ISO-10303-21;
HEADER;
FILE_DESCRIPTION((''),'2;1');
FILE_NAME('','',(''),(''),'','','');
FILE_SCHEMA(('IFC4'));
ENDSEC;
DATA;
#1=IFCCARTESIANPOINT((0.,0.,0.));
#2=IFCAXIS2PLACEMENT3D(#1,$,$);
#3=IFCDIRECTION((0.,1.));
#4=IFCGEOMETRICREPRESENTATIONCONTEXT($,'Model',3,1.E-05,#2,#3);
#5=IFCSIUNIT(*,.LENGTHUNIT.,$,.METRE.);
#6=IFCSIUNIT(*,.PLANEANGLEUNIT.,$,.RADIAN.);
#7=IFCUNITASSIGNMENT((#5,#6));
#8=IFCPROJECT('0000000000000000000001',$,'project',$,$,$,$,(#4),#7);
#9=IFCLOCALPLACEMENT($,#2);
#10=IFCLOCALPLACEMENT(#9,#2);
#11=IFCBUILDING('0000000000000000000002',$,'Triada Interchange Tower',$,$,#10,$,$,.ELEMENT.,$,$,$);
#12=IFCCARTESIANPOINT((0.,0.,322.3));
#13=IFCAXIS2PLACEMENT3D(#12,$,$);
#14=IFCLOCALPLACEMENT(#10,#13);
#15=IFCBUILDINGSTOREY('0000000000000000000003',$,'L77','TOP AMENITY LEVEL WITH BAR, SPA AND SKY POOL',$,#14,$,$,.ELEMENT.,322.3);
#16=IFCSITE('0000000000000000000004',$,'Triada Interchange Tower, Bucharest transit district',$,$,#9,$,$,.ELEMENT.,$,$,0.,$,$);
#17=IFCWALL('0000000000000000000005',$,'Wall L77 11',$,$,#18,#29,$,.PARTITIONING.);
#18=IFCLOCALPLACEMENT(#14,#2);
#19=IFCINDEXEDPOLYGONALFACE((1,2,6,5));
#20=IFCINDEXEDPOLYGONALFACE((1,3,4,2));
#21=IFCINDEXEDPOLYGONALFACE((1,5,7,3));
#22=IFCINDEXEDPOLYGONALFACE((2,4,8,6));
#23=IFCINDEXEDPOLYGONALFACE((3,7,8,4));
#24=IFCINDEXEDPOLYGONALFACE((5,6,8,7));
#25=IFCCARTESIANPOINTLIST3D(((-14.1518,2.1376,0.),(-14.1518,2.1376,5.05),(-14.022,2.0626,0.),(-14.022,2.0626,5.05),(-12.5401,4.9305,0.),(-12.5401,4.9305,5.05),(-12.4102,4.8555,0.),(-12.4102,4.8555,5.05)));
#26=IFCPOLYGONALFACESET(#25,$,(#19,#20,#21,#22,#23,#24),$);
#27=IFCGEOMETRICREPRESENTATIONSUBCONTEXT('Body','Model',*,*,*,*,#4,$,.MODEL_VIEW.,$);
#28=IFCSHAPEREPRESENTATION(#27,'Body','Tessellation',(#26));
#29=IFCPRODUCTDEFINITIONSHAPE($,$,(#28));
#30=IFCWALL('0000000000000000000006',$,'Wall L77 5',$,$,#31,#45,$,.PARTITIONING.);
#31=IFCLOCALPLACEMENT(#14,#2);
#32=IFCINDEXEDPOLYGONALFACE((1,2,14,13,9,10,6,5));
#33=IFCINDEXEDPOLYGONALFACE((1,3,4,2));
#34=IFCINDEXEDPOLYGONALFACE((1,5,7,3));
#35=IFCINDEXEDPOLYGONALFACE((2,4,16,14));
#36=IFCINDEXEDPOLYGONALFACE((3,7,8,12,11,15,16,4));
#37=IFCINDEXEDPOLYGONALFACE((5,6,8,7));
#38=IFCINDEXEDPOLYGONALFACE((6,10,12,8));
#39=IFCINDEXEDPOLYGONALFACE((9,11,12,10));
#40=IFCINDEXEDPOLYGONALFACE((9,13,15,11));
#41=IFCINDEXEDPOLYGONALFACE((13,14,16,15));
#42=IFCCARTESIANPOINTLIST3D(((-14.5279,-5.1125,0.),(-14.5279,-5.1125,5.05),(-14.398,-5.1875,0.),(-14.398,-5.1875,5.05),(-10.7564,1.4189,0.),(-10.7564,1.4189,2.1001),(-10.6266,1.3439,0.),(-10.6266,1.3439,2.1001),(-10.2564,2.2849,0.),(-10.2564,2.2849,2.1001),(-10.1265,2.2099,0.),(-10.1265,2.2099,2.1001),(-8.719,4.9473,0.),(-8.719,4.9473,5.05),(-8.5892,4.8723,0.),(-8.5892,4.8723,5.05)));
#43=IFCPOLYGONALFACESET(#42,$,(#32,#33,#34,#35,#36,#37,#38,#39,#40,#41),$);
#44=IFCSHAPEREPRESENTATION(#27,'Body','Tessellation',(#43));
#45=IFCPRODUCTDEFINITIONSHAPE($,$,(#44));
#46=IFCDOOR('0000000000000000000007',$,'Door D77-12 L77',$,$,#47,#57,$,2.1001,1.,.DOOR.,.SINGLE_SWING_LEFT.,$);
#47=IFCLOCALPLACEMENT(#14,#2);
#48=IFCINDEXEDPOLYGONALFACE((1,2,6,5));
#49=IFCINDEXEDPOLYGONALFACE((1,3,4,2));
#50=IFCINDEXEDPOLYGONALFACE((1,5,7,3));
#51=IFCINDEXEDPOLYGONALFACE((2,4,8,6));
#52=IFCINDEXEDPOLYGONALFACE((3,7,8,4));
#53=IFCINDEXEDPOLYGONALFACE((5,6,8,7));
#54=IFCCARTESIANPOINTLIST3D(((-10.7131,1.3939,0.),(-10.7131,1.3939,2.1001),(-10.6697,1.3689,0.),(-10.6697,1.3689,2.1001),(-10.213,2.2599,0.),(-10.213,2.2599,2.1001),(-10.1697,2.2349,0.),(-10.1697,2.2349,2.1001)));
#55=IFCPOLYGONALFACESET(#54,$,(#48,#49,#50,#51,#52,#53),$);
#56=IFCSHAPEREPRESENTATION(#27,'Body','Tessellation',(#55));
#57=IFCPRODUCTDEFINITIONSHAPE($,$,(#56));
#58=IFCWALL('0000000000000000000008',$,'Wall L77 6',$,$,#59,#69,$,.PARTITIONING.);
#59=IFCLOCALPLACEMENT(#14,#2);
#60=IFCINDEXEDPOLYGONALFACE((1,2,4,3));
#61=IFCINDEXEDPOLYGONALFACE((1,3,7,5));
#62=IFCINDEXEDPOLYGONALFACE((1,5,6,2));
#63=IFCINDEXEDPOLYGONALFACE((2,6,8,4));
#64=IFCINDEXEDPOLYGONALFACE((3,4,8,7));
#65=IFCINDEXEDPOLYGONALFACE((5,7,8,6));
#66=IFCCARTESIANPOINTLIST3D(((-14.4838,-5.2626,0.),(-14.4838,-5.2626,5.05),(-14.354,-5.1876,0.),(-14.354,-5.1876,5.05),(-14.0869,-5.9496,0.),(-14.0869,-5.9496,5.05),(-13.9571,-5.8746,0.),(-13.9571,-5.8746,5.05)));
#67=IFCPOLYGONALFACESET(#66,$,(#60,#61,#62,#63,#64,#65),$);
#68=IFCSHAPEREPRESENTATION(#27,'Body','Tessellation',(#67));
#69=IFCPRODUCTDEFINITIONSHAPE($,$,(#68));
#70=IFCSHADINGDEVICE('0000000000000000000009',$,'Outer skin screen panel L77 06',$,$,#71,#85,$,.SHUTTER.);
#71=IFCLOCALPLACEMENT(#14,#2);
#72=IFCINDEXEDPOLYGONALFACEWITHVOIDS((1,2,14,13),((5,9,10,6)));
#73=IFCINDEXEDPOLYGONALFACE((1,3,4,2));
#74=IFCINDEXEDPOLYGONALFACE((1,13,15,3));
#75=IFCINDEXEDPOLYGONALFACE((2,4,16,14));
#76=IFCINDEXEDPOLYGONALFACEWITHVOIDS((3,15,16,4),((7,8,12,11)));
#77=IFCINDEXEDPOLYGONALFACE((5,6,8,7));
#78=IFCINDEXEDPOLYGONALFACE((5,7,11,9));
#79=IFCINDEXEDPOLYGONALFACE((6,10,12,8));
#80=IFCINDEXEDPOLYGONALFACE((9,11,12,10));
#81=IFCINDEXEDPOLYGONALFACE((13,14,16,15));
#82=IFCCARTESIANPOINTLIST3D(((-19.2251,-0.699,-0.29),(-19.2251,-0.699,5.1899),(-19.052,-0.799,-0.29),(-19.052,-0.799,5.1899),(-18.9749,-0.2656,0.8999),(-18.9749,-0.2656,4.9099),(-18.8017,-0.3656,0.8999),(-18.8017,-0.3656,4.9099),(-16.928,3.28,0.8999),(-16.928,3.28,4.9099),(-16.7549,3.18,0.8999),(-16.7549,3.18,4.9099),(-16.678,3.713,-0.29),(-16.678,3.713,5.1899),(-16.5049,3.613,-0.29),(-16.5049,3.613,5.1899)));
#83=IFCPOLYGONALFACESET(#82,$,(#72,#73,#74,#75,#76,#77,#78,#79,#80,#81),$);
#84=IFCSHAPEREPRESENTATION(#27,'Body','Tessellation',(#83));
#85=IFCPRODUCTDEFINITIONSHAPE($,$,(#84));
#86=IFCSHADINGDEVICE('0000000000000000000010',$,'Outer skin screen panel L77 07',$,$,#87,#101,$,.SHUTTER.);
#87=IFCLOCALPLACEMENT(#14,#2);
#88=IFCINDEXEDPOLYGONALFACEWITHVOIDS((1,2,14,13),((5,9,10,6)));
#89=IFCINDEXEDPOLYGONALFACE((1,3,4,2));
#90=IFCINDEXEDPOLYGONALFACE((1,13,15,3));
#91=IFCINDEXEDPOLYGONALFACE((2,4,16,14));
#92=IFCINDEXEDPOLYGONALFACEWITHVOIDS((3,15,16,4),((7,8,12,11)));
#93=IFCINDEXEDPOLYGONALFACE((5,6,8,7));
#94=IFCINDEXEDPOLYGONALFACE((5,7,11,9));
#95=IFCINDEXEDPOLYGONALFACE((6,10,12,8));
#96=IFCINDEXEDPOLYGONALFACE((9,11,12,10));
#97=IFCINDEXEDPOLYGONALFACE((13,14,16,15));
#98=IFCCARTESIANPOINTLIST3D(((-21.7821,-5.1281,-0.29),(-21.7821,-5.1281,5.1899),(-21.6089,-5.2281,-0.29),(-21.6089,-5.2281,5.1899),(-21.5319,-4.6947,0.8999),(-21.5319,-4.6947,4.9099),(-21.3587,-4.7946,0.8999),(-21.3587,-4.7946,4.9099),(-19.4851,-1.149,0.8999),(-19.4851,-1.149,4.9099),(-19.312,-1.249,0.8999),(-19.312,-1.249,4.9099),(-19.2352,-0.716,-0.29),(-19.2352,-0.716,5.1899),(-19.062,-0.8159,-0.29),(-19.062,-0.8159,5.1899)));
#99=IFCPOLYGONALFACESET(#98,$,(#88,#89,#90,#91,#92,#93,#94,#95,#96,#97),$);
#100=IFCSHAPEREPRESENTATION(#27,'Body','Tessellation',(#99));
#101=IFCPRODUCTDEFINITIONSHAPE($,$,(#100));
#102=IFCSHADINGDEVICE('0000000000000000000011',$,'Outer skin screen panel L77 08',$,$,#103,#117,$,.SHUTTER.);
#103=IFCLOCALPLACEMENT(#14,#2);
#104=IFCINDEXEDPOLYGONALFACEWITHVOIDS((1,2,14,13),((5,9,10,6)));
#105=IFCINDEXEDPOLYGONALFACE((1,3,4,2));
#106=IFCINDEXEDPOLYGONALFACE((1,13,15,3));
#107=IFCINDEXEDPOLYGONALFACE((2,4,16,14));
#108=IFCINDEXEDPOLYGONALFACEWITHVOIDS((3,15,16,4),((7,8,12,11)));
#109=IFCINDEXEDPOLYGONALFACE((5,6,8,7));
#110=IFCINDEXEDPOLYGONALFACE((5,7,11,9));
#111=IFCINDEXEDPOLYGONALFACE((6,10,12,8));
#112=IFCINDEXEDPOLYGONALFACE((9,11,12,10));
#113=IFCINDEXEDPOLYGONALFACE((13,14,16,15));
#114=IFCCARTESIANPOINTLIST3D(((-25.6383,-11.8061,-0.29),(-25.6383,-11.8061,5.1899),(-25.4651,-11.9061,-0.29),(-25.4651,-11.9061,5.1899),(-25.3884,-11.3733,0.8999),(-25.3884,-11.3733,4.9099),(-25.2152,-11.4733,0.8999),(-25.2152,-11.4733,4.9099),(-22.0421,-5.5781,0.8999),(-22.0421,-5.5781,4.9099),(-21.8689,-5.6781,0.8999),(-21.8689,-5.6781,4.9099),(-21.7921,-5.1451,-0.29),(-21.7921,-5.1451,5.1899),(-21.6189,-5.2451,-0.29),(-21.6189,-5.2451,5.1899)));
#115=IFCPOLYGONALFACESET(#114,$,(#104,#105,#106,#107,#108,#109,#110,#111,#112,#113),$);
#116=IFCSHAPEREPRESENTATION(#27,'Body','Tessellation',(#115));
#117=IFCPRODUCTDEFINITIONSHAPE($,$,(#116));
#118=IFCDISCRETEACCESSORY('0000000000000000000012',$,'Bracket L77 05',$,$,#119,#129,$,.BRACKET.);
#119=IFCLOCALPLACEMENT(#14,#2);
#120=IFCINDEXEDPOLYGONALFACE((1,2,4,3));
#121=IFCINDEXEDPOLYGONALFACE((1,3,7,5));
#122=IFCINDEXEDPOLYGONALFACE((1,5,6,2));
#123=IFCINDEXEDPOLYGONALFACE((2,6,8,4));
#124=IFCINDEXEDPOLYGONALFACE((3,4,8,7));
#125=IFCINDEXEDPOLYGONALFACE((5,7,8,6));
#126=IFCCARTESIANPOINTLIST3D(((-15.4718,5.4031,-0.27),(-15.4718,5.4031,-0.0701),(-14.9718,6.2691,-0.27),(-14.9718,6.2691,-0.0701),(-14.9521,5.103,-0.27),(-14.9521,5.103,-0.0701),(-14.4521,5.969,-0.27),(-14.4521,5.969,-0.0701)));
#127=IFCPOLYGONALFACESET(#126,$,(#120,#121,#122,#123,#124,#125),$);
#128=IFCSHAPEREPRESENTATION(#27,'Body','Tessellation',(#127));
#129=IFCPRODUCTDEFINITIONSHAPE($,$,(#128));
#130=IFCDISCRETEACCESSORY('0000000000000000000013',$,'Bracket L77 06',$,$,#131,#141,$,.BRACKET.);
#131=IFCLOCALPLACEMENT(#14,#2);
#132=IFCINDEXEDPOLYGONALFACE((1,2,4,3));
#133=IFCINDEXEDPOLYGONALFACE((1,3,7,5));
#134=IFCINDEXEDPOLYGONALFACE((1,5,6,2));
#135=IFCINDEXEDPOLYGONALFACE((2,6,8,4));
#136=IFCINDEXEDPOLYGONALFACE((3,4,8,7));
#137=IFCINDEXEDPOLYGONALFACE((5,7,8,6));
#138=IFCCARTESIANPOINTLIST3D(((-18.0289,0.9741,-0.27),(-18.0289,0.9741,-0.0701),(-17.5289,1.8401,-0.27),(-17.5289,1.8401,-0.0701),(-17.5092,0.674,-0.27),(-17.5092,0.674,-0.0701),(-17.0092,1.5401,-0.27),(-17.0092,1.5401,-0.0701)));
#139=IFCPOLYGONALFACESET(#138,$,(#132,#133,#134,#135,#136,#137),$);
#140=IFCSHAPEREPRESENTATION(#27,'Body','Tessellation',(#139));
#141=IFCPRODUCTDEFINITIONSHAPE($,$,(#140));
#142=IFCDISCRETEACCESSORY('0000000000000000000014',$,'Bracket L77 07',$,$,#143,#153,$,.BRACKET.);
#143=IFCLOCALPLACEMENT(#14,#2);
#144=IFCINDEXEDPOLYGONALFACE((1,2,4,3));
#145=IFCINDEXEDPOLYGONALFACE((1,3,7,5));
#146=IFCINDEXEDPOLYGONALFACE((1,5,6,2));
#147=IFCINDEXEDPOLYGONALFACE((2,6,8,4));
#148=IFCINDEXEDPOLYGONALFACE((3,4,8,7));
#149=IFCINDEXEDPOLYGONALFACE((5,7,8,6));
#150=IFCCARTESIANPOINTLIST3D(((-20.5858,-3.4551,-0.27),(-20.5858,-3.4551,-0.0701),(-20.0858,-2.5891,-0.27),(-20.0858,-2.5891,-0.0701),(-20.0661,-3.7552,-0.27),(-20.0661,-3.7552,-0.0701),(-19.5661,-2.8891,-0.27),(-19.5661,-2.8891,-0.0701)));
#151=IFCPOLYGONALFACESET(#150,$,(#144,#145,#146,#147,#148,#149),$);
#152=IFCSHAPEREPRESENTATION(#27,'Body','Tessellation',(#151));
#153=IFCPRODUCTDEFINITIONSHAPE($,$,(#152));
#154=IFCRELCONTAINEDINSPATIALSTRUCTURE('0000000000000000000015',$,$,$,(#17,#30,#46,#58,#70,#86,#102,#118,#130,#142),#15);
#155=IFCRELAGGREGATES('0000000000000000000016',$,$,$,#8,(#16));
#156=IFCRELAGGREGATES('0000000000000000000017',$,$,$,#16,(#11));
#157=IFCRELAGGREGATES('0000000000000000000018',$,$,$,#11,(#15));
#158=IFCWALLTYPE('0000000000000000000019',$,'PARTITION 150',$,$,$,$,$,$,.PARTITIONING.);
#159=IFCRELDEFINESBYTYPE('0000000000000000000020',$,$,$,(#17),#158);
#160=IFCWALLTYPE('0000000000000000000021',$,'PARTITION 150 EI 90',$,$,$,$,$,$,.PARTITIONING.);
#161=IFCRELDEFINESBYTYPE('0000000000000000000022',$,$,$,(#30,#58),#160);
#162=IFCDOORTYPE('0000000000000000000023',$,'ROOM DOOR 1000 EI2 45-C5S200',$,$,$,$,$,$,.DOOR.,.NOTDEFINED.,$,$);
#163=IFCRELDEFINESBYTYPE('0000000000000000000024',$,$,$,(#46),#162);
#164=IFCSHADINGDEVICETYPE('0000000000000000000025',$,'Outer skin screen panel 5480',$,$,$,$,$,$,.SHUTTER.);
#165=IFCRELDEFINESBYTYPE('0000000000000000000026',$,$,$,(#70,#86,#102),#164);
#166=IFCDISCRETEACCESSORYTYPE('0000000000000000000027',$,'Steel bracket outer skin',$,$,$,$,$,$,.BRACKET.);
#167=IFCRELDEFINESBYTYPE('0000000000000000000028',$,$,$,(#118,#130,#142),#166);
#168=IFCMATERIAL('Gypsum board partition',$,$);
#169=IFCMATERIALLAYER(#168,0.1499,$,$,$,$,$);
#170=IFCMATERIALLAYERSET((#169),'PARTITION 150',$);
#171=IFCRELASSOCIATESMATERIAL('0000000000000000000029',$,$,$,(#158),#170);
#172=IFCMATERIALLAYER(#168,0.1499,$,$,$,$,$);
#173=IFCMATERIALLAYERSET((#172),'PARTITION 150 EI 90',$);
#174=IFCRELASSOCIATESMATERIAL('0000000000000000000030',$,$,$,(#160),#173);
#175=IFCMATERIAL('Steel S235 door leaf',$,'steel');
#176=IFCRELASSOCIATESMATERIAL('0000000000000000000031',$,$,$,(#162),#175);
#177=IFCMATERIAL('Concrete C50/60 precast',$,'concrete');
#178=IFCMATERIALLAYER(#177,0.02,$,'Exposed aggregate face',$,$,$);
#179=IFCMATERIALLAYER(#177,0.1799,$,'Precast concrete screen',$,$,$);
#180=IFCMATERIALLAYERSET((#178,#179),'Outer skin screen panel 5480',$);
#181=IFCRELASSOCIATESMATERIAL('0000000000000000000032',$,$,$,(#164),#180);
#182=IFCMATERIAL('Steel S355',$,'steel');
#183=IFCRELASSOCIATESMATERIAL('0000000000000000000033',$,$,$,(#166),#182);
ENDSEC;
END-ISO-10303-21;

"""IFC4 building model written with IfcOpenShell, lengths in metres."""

from ifc_helpers import new_model, si_unit, direction, frame, frame_2d, origin, origin_2d, place, context, subcontext, project, spatial, polyline, rectangle, outline, extrude, material, layer, layer_set, type_object, element, fill, save


model = new_model("IFC4")

# Units and contexts
model_context = context("Model", 3, precision=1e-05, world=origin(), true_north=direction((0.0, 1.0)))
body_context = subcontext(model_context, "Body", "Model", "MODEL_VIEW")
ifc_project = project(units=[si_unit("LENGTHUNIT", "METRE"), si_unit("PLANEANGLEUNIT", "RADIAN")], contexts=[model_context])

# Site, building, storey
site_placement = place(None, origin())
site = spatial("IfcSite", under=ifc_project, at=site_placement, Name="Triada Interchange Tower, Bucharest transit district", CompositionType="ELEMENT", RefElevation=0.0)
building_placement = place(site_placement, origin())
building = spatial("IfcBuilding", under=site, at=building_placement, Name="Triada Interchange Tower", CompositionType="ELEMENT")
storey_placement = place(building_placement, frame((0.0, 0.0, 322.3)))
storey = spatial("IfcBuildingStorey", under=building, at=storey_placement, Name="L77", Description="TOP AMENITY LEVEL WITH BAR, SPA AND SKY POOL", CompositionType="ELEMENT", Elevation=322.3)

# Wall
ifc_material_1 = material(Name="Gypsum board partition")
ifc_layer_1 = layer(ifc_material_1, 0.1499)
ifc_layer_set_1 = layer_set([ifc_layer_1], Name="PARTITION 150")
wall_type_1 = type_object("IfcWallType", Name="PARTITION 150", PredefinedType="PARTITIONING", material=ifc_layer_set_1)
for number, where, z_axis, x_axis, name in (
    (1, (-14.0869, 2.1001, 0.0), (0.0, 0.0, 1.0), (0.499836, 0.86612, 0.0), "Wall L77 11"),
):
    element("IfcWall", number, at=place(storey_placement, frame(where, z_axis=z_axis, x_axis=x_axis)), inside=storey, type_object=wall_type_1, Name=name, PredefinedType="PARTITIONING", context=body_context, shape_type="SweptSolid", body=[
        extrude(rectangle(XDim=3.2246, YDim=0.1499, at=frame_2d((1.6123, 0.0))), origin(), (0.0, 0.0, 1.0), 5.05),
    ])

# Wall, opening, door
ifc_layer_2 = layer(ifc_material_1, 0.1499)
ifc_layer_set_2 = layer_set([ifc_layer_2], Name="PARTITION 150 EI 90")
wall_type_2 = type_object("IfcWallType", Name="PARTITION 150 EI 90", PredefinedType="PARTITIONING", material=ifc_layer_set_2)
wall_1_placement = place(storey_placement, frame((-14.4629, -5.1499, 0.0), z_axis=(0.0, 0.0, 1.0), x_axis=(0.500052, 0.865996, 0.0)))
wall_1 = element("IfcWall", 2, at=wall_1_placement, inside=storey, type_object=wall_type_2, Name="Wall L77 5", PredefinedType="PARTITIONING", context=body_context, shape_type="SweptSolid", body=[
    extrude(rectangle(XDim=11.6165, YDim=0.1499, at=frame_2d((5.8081, 0.0))), origin(), (0.0, 0.0, 1.0), 5.05),
])
opening_placement = place(wall_1_placement, frame((7.542, 0.0, 0.0)))
opening = element("IfcOpeningElement", 3, at=opening_placement, cuts=wall_1, PredefinedType="OPENING", context=body_context, shape_type="SweptSolid", body=[
    extrude(rectangle(XDim=1.0, YDim=2.1001, at=frame_2d((0.5, 1.05))), frame((0.0, 0.085, 0.0), z_axis=(0.0, -1.0, 0.0), x_axis=(1.0, 0.0, 0.0)), (0.0, 0.0, 1.0), 0.1699),
])
ifc_material_2 = material(Name="Steel S235 door leaf", Category="steel")
door_type = type_object("IfcDoorType", Name="ROOM DOOR 1000 EI2 45-C5S200", OperationType="NOTDEFINED", PredefinedType="DOOR", material=ifc_material_2)
door_placement = place(opening_placement, origin())
door = element("IfcDoor", 4, at=door_placement, inside=storey, type_object=door_type, Name="Door D77-12 L77", OperationType="SINGLE_SWING_LEFT", OverallHeight=2.1001, OverallWidth=1.0, PredefinedType="DOOR", context=body_context, shape_type="SweptSolid", body=[
    extrude(rectangle(XDim=1.0, YDim=2.1001, at=frame_2d((0.5, 1.05))), frame((0.0, 0.0249, 0.0), z_axis=(0.0, -1.0, 0.0), x_axis=(1.0, 0.0, 0.0)), (0.0, 0.0, 1.0), 0.05),
])
fill(opening, door)

# Wall
wall_2_placement = place(storey_placement, frame((-14.4189, -5.2251, 0.0), z_axis=(0.0, 0.0, 1.0), x_axis=(0.500308, -0.865847, 0.0)))
element("IfcWall", 5, at=wall_2_placement, inside=storey, type_object=wall_type_2, Name="Wall L77 6", PredefinedType="PARTITIONING", context=body_context, shape_type="SweptSolid", body=[
    extrude(rectangle(XDim=0.7935, YDim=0.1499, at=frame_2d((0.3967, 0.0))), origin(), (0.0, 0.0, 1.0), 5.05),
])

# Shading devices
ifc_material_3 = material(Name="Concrete C50/60 precast", Category="concrete")
ifc_layer_3 = layer(ifc_material_3, 0.02, Name="Exposed aggregate face")
ifc_layer_4 = layer(ifc_material_3, 0.1799, Name="Precast concrete screen")
ifc_layer_set_3 = layer_set([ifc_layer_3, ifc_layer_4], Name="Outer skin screen panel 5480")
shading_device_type = type_object("IfcShadingDeviceType", Name="Outer skin screen panel 5480", PredefinedType="SHUTTER", material=ifc_layer_set_3)
for number, where, z_axis, x_axis, name in (
    (6, (-16.5049, 3.613, -0.29), (0.0, 0.0, 1.0), (-0.499969, -0.866044, 0.0), "Outer skin screen panel L77 06"),
    (7, (-19.062, -0.8159, -0.29), (0.0, 0.0, 1.0), (-0.499933, -0.866064, 0.0), "Outer skin screen panel L77 07"),
):
    element("IfcShadingDevice", number, at=place(storey_placement, frame(where, z_axis=z_axis, x_axis=x_axis)), inside=storey, type_object=shading_device_type, Name=name, PredefinedType="SHUTTER", context=body_context, shape_type="SweptSolid", body=[
        extrude(outline(polyline([(0.0, 0.0), (5.0945, 0.0), (5.0945, 5.48), (0.0, 5.48), (0.0, 0.0)]), holes=[polyline([(0.5, 1.1899), (0.5, 5.2), (4.594, 5.2), (4.594, 1.1899), (0.5, 1.1899)])]), frame((0.0, 0.0, 0.0), z_axis=(0.0, -1.0, 0.0), x_axis=(1.0, 0.0, 0.0)), (0.0, 0.0, 1.0), 0.2),
    ])
shading_device_placement = place(storey_placement, frame((-21.6189, -5.2451, -0.29), z_axis=(0.0, 0.0, 1.0), x_axis=(-0.500051, -0.865996, 0.0)))
element("IfcShadingDevice", 8, at=shading_device_placement, inside=storey, type_object=shading_device_type, Name="Outer skin screen panel L77 08", PredefinedType="SHUTTER", context=body_context, shape_type="SweptSolid", body=[
    extrude(outline(polyline([(0.0, 0.0), (7.6917, 0.0), (7.6917, 5.48), (0.0, 5.48), (0.0, 0.0)]), holes=[polyline([(0.5, 1.1899), (0.5, 5.2), (7.1919, 5.2), (7.1919, 1.1899), (0.5, 1.1899)])]), frame((0.0, 0.0, 0.0), z_axis=(0.0, -1.0, 0.0), x_axis=(1.0, 0.0, 0.0)), (0.0, 0.0, 1.0), 0.2),
])

# Discrete accessories
ifc_material_4 = material(Name="Steel S355", Category="steel")
discrete_accessory_type = type_object("IfcDiscreteAccessoryType", Name="Steel bracket outer skin", PredefinedType="BRACKET", material=ifc_material_4)
for number, where, z_axis, x_axis, name in (
    (9, (-14.9619, 5.686, -0.27), (0.0, 0.0, 1.0), (-0.866019, 0.500011, 0.0), "Bracket L77 05"),
    (10, (-17.519, 1.2571, -0.27), (0.0, 0.0, 1.0), (-0.866019, 0.500011, 0.0), "Bracket L77 06"),
    (11, (-20.0759, -3.1721, -0.27), (0.0, 0.0, 1.0), (-0.866019, 0.500011, 0.0), "Bracket L77 07"),
):
    element("IfcDiscreteAccessory", number, at=place(storey_placement, frame(where, z_axis=z_axis, x_axis=x_axis)), inside=storey, type_object=discrete_accessory_type, Name=name, PredefinedType="BRACKET", context=body_context, shape_type="SweptSolid", body=[
        extrude(rectangle(XDim=0.6001, YDim=1.0, at=origin_2d()), origin(), (0.0, 0.0, 1.0), 0.2),
    ])

save(model, "model.ifc")
